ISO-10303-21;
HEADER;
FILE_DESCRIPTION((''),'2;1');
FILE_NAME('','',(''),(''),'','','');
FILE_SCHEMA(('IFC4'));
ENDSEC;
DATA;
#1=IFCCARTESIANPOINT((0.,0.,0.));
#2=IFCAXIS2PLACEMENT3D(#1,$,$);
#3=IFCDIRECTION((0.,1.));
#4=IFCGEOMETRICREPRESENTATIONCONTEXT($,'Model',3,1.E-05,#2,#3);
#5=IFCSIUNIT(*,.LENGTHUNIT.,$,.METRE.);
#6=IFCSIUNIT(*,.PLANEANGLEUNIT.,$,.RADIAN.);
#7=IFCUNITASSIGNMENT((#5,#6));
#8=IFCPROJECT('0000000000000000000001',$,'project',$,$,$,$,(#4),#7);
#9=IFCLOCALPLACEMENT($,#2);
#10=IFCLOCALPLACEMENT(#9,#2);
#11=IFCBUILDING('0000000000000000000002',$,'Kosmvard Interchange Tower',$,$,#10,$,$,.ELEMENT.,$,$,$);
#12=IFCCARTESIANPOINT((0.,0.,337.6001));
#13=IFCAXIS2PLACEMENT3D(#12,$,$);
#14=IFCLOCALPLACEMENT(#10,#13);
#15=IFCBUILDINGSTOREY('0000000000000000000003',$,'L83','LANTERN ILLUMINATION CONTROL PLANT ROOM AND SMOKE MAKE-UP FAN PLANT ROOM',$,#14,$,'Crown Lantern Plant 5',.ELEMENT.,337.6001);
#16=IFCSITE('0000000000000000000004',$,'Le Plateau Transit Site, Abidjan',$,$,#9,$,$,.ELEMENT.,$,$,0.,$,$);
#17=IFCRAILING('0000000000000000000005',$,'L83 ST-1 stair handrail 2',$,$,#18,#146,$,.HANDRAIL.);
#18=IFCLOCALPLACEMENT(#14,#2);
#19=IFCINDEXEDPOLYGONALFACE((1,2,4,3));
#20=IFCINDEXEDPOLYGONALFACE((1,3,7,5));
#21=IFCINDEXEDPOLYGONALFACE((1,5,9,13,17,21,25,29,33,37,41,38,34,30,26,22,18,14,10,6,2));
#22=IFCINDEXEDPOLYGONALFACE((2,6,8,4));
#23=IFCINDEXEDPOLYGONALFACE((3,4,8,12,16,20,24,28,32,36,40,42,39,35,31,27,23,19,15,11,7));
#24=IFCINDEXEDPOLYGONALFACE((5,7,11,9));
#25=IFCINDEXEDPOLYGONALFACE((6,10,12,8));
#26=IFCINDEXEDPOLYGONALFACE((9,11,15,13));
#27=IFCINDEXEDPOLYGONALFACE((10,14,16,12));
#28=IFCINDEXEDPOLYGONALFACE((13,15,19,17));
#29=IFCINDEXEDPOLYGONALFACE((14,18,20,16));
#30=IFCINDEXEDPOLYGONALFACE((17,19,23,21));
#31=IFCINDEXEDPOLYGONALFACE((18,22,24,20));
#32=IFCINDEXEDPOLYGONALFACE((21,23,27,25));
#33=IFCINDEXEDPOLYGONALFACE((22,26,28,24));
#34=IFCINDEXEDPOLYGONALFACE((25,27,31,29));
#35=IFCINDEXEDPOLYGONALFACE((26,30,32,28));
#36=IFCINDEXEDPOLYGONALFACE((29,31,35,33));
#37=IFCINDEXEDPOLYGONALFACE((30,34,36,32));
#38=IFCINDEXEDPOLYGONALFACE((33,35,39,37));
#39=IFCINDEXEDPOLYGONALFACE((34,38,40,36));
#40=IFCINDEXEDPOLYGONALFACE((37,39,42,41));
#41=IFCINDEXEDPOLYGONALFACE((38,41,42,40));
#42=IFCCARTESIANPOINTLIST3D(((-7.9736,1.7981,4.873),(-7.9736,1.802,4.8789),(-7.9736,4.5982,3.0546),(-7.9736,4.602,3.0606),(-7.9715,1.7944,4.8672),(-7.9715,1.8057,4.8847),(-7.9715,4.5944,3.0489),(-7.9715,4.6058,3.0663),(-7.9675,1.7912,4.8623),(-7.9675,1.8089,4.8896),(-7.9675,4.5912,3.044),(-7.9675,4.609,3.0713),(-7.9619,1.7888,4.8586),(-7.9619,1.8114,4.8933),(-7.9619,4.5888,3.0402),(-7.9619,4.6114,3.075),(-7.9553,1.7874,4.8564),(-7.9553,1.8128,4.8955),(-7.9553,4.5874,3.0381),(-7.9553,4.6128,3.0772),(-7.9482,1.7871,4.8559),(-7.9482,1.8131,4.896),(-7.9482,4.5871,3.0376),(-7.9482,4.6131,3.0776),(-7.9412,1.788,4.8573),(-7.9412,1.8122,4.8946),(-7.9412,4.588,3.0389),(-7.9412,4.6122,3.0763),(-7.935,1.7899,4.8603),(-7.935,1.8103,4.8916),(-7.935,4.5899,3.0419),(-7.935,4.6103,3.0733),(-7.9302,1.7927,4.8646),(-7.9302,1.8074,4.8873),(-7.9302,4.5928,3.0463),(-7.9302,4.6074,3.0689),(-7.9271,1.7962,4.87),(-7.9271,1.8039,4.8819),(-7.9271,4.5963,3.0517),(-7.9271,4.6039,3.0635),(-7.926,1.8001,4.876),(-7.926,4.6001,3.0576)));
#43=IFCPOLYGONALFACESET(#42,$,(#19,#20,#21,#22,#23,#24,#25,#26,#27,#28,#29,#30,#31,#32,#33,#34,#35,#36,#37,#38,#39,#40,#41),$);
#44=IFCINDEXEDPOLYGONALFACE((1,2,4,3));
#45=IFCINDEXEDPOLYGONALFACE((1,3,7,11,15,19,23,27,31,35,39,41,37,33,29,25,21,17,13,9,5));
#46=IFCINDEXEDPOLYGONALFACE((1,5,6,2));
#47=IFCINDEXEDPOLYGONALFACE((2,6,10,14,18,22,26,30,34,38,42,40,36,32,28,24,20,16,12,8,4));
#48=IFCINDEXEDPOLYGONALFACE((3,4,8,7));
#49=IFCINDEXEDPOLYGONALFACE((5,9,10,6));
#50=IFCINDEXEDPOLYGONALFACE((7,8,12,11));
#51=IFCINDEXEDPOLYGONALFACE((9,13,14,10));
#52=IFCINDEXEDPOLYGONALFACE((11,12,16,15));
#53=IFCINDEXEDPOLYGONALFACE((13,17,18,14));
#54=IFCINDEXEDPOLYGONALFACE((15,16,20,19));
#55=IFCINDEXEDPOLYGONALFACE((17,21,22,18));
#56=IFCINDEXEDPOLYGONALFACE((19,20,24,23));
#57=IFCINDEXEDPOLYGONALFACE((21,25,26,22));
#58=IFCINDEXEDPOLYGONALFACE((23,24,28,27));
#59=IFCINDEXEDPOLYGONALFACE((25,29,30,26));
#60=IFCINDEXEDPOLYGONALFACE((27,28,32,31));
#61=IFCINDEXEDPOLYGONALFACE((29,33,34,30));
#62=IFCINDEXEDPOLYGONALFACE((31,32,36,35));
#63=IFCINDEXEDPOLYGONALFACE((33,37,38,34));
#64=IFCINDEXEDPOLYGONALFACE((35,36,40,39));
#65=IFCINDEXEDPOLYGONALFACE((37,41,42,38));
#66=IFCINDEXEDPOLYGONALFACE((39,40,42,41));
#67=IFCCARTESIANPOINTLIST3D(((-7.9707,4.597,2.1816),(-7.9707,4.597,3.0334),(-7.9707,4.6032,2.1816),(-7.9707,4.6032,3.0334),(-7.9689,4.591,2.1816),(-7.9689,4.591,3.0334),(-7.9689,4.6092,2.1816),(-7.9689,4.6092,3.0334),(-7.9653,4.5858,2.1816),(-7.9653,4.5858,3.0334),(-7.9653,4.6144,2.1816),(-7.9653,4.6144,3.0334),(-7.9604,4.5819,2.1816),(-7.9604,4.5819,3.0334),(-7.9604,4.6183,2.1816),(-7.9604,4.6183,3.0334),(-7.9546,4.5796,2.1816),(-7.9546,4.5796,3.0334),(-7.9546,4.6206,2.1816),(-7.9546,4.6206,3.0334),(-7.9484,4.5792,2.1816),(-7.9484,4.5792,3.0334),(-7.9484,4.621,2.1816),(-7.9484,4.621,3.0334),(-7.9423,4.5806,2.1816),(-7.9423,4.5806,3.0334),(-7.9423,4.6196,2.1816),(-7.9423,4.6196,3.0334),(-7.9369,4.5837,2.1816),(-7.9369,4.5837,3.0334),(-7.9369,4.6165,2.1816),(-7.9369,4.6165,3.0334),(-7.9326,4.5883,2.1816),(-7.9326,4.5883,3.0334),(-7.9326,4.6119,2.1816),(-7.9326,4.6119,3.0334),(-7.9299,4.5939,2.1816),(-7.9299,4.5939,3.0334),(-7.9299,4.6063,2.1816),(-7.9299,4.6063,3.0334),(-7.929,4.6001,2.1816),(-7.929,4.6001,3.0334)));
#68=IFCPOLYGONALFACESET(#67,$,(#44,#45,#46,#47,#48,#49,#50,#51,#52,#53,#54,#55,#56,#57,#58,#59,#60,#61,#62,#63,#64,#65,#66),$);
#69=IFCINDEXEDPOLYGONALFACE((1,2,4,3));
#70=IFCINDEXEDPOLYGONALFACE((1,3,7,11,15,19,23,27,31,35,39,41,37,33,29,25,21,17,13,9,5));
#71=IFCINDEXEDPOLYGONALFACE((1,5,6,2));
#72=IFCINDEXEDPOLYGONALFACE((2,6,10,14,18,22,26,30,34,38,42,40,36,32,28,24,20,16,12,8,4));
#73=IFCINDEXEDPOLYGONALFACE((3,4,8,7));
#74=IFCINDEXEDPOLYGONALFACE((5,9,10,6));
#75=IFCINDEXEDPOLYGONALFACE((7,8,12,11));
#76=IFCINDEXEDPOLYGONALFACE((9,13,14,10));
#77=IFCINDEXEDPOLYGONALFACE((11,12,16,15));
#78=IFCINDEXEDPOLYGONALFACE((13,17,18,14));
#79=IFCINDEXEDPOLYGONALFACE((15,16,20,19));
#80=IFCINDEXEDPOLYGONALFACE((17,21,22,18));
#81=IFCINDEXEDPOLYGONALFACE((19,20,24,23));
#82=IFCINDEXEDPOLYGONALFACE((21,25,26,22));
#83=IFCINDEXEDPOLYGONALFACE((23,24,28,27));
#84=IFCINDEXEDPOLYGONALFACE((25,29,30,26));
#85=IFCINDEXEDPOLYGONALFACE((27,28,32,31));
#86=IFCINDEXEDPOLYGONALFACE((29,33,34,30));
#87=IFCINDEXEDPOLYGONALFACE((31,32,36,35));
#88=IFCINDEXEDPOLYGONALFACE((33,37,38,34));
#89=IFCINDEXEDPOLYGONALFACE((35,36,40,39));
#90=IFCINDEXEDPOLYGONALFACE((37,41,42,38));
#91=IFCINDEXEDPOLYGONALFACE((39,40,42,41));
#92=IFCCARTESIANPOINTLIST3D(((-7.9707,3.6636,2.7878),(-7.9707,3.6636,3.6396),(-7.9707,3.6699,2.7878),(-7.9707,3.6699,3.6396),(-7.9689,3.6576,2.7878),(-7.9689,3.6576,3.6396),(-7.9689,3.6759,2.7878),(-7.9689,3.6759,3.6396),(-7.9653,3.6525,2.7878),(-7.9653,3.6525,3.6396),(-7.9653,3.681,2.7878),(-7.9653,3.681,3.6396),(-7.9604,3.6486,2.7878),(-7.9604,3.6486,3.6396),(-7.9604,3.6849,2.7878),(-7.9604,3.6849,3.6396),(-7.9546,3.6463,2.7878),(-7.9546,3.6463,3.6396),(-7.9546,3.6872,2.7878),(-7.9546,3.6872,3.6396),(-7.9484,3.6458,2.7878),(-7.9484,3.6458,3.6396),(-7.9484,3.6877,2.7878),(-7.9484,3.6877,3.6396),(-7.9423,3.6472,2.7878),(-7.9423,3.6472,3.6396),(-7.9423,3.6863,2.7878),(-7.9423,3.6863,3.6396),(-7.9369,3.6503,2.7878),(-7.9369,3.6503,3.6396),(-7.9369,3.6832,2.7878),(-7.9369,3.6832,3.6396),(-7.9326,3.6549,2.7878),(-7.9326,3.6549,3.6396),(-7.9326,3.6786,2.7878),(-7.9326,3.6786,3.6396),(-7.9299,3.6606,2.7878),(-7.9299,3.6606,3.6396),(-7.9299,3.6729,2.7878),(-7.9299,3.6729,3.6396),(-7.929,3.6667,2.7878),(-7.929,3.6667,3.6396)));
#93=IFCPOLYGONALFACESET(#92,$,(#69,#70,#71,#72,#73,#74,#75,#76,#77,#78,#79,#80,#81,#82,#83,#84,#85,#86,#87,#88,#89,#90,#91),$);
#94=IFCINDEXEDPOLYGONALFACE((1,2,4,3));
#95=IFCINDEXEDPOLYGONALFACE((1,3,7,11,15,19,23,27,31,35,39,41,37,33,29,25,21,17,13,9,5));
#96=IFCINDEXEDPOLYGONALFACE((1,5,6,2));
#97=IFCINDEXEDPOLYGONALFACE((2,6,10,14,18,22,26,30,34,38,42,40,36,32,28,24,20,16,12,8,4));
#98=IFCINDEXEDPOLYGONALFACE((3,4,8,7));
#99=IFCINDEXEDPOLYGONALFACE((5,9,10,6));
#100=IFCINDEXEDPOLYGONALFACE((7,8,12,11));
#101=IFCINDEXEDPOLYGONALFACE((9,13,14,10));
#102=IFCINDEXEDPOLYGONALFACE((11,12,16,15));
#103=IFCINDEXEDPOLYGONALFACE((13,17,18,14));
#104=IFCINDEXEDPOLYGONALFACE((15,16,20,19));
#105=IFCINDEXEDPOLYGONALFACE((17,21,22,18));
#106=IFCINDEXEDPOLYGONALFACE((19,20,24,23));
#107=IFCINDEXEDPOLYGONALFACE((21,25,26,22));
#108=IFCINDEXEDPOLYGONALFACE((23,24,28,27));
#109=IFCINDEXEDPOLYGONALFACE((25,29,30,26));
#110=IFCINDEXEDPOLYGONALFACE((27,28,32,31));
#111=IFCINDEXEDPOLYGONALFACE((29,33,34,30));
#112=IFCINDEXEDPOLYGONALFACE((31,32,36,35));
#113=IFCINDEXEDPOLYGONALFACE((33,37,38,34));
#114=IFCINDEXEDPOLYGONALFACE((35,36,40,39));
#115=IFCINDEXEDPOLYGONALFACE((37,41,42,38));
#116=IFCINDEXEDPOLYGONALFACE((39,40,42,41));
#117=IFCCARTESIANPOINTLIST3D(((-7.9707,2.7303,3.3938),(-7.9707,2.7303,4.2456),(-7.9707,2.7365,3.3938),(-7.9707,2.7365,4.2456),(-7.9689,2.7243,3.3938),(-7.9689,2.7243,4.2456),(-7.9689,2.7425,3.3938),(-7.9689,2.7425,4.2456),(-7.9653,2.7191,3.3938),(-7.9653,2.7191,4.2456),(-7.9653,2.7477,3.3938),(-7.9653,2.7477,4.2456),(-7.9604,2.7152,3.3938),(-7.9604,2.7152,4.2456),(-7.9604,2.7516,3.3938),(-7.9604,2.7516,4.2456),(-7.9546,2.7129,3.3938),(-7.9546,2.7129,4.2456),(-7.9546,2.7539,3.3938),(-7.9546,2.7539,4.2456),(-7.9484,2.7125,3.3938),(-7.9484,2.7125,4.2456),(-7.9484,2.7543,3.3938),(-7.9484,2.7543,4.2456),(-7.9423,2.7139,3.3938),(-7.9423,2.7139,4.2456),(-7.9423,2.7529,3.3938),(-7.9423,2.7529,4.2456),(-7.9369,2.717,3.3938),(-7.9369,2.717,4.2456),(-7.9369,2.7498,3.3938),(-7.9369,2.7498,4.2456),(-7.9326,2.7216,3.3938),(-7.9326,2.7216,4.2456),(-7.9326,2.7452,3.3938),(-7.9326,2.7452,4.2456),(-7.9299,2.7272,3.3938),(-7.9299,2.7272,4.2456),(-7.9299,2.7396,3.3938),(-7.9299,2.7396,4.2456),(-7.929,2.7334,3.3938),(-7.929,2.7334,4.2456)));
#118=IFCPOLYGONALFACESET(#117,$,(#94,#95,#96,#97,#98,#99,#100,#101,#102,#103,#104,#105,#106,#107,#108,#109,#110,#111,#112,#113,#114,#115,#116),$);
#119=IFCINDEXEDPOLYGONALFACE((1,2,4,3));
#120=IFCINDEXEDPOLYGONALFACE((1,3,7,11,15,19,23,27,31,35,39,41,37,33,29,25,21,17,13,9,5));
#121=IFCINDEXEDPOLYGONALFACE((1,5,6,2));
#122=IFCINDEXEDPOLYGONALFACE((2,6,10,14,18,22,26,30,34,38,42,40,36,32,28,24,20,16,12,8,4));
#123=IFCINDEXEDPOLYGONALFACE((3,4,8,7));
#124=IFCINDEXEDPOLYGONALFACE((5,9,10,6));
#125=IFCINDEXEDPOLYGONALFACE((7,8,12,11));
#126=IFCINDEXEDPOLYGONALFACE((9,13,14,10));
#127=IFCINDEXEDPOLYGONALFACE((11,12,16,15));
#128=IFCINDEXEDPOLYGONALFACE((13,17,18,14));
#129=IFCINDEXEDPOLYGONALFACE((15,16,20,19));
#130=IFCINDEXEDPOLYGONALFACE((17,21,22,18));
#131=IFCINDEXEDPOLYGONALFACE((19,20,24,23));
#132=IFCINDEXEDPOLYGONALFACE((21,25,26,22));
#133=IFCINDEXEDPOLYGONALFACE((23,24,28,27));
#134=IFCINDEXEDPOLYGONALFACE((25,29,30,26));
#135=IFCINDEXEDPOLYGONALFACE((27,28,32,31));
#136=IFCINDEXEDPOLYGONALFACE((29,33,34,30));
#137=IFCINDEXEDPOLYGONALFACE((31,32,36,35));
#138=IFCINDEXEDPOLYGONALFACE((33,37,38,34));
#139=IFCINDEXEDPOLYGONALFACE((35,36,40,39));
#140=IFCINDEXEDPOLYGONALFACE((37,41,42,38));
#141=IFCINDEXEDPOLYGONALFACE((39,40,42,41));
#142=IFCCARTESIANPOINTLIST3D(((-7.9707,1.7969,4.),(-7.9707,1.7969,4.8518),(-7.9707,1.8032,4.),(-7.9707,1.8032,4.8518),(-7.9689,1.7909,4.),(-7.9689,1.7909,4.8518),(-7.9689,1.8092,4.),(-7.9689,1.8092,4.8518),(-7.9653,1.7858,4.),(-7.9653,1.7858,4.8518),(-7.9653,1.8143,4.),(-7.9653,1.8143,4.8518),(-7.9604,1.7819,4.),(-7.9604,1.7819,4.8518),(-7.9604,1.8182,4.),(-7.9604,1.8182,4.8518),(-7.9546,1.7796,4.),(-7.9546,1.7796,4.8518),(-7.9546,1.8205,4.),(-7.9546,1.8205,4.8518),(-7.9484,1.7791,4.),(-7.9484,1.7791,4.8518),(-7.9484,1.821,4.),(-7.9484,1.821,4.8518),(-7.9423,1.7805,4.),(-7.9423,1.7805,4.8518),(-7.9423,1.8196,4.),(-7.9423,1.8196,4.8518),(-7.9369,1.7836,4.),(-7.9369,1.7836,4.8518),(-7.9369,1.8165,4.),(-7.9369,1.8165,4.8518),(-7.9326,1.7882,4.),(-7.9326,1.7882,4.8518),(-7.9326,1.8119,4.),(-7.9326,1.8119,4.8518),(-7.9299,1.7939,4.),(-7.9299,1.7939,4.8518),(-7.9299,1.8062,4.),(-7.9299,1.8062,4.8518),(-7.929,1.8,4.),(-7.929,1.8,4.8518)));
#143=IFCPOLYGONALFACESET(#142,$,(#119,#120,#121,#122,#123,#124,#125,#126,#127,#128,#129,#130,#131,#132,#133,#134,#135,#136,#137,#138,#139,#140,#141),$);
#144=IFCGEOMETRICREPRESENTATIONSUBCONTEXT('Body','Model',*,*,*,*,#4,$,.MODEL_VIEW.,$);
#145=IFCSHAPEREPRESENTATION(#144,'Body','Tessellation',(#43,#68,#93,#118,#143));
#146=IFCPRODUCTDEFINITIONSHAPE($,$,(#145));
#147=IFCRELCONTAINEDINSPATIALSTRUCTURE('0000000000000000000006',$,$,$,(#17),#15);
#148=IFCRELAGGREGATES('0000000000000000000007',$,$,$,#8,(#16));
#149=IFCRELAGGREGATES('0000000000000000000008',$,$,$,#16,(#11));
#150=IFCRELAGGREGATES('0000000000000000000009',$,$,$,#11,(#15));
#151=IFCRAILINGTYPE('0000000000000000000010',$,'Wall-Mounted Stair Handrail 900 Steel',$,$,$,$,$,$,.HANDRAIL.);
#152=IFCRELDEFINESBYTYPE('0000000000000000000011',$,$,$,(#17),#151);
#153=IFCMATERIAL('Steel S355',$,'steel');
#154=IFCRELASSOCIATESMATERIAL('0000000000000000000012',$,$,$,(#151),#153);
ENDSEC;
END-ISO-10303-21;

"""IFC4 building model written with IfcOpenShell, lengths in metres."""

from ifc_helpers import new_model, si_unit, direction, frame, origin, origin_2d, place, context, subcontext, project, spatial, circle, extrude, source, transform, mapped, material, type_object, element, save


model = new_model("IFC4")

# Units and contexts
model_context = context("Model", 3, precision=1e-05, world=origin(), true_north=direction((0.0, 1.0)))
body_context = subcontext(model_context, "Body", "Model", "MODEL_VIEW")
ifc_project = project(units=[si_unit("LENGTHUNIT", "METRE"), si_unit("PLANEANGLEUNIT", "RADIAN")], contexts=[model_context])

# Site, building, storey
site_placement = place(None, origin())
site = spatial("IfcSite", under=ifc_project, at=site_placement, Name="Le Plateau Transit Site, Abidjan", CompositionType="ELEMENT", RefElevation=0.0)
building_placement = place(site_placement, origin())
building = spatial("IfcBuilding", under=site, at=building_placement, Name="Kosmvard Interchange Tower", CompositionType="ELEMENT")
storey_placement = place(building_placement, frame((0.0, 0.0, 337.6001)))
storey = spatial("IfcBuildingStorey", under=building, at=storey_placement, Name="L83", Description="LANTERN ILLUMINATION CONTROL PLANT ROOM AND SMOKE MAKE-UP FAN PLANT ROOM", LongName="Crown Lantern Plant 5", CompositionType="ELEMENT", Elevation=337.6001)

# Shared definitions
ifc_material_1 = material(Name="Steel S355", Category="steel")

# Railing
railing_type_1 = type_object("IfcRailingType", Name="Wall-Mounted Stair Handrail 900 Steel", PredefinedType="HANDRAIL", material=ifc_material_1)
shared_shape_1 = source(origin(), body_context, "Body", "SweptSolid", [
    extrude(circle(Radius=0.0239, at=origin_2d()), frame((0.0, 0.0, 0.876), z_axis=(0.0, -0.838672, 0.544636), x_axis=(1.0, 0.0, 0.0)), (0.0, 0.0, 1.0), 3.3386),
    extrude(circle(Radius=0.021, at=origin_2d()), origin(), (0.0, 0.0, 1.0), 0.8518),
    extrude(circle(Radius=0.021, at=origin_2d()), frame((0.0, -0.9333, 0.6062)), (0.0, 0.0, 1.0), 0.8518),
    extrude(circle(Radius=0.021, at=origin_2d()), frame((0.0, -1.8667, 1.2122)), (0.0, 0.0, 1.0), 0.8518),
    extrude(circle(Radius=0.021, at=origin_2d()), frame((0.0, -2.8, 1.8184)), (0.0, 0.0, 1.0), 0.8518),
])
railing_1_placement = place(storey_placement, frame((-7.95, 4.6001, 2.1816)))
element("IfcRailing", 1, at=railing_1_placement, inside=storey, type_object=railing_type_1, Name="L83 ST-1 stair handrail 2", PredefinedType="HANDRAIL", context=body_context, shape_type="MappedRepresentation", body=[
    mapped(shared_shape_1, transform((0.0, 0.0, 0.0), scale=1.0)),
])

save(model, "model.ifc")
